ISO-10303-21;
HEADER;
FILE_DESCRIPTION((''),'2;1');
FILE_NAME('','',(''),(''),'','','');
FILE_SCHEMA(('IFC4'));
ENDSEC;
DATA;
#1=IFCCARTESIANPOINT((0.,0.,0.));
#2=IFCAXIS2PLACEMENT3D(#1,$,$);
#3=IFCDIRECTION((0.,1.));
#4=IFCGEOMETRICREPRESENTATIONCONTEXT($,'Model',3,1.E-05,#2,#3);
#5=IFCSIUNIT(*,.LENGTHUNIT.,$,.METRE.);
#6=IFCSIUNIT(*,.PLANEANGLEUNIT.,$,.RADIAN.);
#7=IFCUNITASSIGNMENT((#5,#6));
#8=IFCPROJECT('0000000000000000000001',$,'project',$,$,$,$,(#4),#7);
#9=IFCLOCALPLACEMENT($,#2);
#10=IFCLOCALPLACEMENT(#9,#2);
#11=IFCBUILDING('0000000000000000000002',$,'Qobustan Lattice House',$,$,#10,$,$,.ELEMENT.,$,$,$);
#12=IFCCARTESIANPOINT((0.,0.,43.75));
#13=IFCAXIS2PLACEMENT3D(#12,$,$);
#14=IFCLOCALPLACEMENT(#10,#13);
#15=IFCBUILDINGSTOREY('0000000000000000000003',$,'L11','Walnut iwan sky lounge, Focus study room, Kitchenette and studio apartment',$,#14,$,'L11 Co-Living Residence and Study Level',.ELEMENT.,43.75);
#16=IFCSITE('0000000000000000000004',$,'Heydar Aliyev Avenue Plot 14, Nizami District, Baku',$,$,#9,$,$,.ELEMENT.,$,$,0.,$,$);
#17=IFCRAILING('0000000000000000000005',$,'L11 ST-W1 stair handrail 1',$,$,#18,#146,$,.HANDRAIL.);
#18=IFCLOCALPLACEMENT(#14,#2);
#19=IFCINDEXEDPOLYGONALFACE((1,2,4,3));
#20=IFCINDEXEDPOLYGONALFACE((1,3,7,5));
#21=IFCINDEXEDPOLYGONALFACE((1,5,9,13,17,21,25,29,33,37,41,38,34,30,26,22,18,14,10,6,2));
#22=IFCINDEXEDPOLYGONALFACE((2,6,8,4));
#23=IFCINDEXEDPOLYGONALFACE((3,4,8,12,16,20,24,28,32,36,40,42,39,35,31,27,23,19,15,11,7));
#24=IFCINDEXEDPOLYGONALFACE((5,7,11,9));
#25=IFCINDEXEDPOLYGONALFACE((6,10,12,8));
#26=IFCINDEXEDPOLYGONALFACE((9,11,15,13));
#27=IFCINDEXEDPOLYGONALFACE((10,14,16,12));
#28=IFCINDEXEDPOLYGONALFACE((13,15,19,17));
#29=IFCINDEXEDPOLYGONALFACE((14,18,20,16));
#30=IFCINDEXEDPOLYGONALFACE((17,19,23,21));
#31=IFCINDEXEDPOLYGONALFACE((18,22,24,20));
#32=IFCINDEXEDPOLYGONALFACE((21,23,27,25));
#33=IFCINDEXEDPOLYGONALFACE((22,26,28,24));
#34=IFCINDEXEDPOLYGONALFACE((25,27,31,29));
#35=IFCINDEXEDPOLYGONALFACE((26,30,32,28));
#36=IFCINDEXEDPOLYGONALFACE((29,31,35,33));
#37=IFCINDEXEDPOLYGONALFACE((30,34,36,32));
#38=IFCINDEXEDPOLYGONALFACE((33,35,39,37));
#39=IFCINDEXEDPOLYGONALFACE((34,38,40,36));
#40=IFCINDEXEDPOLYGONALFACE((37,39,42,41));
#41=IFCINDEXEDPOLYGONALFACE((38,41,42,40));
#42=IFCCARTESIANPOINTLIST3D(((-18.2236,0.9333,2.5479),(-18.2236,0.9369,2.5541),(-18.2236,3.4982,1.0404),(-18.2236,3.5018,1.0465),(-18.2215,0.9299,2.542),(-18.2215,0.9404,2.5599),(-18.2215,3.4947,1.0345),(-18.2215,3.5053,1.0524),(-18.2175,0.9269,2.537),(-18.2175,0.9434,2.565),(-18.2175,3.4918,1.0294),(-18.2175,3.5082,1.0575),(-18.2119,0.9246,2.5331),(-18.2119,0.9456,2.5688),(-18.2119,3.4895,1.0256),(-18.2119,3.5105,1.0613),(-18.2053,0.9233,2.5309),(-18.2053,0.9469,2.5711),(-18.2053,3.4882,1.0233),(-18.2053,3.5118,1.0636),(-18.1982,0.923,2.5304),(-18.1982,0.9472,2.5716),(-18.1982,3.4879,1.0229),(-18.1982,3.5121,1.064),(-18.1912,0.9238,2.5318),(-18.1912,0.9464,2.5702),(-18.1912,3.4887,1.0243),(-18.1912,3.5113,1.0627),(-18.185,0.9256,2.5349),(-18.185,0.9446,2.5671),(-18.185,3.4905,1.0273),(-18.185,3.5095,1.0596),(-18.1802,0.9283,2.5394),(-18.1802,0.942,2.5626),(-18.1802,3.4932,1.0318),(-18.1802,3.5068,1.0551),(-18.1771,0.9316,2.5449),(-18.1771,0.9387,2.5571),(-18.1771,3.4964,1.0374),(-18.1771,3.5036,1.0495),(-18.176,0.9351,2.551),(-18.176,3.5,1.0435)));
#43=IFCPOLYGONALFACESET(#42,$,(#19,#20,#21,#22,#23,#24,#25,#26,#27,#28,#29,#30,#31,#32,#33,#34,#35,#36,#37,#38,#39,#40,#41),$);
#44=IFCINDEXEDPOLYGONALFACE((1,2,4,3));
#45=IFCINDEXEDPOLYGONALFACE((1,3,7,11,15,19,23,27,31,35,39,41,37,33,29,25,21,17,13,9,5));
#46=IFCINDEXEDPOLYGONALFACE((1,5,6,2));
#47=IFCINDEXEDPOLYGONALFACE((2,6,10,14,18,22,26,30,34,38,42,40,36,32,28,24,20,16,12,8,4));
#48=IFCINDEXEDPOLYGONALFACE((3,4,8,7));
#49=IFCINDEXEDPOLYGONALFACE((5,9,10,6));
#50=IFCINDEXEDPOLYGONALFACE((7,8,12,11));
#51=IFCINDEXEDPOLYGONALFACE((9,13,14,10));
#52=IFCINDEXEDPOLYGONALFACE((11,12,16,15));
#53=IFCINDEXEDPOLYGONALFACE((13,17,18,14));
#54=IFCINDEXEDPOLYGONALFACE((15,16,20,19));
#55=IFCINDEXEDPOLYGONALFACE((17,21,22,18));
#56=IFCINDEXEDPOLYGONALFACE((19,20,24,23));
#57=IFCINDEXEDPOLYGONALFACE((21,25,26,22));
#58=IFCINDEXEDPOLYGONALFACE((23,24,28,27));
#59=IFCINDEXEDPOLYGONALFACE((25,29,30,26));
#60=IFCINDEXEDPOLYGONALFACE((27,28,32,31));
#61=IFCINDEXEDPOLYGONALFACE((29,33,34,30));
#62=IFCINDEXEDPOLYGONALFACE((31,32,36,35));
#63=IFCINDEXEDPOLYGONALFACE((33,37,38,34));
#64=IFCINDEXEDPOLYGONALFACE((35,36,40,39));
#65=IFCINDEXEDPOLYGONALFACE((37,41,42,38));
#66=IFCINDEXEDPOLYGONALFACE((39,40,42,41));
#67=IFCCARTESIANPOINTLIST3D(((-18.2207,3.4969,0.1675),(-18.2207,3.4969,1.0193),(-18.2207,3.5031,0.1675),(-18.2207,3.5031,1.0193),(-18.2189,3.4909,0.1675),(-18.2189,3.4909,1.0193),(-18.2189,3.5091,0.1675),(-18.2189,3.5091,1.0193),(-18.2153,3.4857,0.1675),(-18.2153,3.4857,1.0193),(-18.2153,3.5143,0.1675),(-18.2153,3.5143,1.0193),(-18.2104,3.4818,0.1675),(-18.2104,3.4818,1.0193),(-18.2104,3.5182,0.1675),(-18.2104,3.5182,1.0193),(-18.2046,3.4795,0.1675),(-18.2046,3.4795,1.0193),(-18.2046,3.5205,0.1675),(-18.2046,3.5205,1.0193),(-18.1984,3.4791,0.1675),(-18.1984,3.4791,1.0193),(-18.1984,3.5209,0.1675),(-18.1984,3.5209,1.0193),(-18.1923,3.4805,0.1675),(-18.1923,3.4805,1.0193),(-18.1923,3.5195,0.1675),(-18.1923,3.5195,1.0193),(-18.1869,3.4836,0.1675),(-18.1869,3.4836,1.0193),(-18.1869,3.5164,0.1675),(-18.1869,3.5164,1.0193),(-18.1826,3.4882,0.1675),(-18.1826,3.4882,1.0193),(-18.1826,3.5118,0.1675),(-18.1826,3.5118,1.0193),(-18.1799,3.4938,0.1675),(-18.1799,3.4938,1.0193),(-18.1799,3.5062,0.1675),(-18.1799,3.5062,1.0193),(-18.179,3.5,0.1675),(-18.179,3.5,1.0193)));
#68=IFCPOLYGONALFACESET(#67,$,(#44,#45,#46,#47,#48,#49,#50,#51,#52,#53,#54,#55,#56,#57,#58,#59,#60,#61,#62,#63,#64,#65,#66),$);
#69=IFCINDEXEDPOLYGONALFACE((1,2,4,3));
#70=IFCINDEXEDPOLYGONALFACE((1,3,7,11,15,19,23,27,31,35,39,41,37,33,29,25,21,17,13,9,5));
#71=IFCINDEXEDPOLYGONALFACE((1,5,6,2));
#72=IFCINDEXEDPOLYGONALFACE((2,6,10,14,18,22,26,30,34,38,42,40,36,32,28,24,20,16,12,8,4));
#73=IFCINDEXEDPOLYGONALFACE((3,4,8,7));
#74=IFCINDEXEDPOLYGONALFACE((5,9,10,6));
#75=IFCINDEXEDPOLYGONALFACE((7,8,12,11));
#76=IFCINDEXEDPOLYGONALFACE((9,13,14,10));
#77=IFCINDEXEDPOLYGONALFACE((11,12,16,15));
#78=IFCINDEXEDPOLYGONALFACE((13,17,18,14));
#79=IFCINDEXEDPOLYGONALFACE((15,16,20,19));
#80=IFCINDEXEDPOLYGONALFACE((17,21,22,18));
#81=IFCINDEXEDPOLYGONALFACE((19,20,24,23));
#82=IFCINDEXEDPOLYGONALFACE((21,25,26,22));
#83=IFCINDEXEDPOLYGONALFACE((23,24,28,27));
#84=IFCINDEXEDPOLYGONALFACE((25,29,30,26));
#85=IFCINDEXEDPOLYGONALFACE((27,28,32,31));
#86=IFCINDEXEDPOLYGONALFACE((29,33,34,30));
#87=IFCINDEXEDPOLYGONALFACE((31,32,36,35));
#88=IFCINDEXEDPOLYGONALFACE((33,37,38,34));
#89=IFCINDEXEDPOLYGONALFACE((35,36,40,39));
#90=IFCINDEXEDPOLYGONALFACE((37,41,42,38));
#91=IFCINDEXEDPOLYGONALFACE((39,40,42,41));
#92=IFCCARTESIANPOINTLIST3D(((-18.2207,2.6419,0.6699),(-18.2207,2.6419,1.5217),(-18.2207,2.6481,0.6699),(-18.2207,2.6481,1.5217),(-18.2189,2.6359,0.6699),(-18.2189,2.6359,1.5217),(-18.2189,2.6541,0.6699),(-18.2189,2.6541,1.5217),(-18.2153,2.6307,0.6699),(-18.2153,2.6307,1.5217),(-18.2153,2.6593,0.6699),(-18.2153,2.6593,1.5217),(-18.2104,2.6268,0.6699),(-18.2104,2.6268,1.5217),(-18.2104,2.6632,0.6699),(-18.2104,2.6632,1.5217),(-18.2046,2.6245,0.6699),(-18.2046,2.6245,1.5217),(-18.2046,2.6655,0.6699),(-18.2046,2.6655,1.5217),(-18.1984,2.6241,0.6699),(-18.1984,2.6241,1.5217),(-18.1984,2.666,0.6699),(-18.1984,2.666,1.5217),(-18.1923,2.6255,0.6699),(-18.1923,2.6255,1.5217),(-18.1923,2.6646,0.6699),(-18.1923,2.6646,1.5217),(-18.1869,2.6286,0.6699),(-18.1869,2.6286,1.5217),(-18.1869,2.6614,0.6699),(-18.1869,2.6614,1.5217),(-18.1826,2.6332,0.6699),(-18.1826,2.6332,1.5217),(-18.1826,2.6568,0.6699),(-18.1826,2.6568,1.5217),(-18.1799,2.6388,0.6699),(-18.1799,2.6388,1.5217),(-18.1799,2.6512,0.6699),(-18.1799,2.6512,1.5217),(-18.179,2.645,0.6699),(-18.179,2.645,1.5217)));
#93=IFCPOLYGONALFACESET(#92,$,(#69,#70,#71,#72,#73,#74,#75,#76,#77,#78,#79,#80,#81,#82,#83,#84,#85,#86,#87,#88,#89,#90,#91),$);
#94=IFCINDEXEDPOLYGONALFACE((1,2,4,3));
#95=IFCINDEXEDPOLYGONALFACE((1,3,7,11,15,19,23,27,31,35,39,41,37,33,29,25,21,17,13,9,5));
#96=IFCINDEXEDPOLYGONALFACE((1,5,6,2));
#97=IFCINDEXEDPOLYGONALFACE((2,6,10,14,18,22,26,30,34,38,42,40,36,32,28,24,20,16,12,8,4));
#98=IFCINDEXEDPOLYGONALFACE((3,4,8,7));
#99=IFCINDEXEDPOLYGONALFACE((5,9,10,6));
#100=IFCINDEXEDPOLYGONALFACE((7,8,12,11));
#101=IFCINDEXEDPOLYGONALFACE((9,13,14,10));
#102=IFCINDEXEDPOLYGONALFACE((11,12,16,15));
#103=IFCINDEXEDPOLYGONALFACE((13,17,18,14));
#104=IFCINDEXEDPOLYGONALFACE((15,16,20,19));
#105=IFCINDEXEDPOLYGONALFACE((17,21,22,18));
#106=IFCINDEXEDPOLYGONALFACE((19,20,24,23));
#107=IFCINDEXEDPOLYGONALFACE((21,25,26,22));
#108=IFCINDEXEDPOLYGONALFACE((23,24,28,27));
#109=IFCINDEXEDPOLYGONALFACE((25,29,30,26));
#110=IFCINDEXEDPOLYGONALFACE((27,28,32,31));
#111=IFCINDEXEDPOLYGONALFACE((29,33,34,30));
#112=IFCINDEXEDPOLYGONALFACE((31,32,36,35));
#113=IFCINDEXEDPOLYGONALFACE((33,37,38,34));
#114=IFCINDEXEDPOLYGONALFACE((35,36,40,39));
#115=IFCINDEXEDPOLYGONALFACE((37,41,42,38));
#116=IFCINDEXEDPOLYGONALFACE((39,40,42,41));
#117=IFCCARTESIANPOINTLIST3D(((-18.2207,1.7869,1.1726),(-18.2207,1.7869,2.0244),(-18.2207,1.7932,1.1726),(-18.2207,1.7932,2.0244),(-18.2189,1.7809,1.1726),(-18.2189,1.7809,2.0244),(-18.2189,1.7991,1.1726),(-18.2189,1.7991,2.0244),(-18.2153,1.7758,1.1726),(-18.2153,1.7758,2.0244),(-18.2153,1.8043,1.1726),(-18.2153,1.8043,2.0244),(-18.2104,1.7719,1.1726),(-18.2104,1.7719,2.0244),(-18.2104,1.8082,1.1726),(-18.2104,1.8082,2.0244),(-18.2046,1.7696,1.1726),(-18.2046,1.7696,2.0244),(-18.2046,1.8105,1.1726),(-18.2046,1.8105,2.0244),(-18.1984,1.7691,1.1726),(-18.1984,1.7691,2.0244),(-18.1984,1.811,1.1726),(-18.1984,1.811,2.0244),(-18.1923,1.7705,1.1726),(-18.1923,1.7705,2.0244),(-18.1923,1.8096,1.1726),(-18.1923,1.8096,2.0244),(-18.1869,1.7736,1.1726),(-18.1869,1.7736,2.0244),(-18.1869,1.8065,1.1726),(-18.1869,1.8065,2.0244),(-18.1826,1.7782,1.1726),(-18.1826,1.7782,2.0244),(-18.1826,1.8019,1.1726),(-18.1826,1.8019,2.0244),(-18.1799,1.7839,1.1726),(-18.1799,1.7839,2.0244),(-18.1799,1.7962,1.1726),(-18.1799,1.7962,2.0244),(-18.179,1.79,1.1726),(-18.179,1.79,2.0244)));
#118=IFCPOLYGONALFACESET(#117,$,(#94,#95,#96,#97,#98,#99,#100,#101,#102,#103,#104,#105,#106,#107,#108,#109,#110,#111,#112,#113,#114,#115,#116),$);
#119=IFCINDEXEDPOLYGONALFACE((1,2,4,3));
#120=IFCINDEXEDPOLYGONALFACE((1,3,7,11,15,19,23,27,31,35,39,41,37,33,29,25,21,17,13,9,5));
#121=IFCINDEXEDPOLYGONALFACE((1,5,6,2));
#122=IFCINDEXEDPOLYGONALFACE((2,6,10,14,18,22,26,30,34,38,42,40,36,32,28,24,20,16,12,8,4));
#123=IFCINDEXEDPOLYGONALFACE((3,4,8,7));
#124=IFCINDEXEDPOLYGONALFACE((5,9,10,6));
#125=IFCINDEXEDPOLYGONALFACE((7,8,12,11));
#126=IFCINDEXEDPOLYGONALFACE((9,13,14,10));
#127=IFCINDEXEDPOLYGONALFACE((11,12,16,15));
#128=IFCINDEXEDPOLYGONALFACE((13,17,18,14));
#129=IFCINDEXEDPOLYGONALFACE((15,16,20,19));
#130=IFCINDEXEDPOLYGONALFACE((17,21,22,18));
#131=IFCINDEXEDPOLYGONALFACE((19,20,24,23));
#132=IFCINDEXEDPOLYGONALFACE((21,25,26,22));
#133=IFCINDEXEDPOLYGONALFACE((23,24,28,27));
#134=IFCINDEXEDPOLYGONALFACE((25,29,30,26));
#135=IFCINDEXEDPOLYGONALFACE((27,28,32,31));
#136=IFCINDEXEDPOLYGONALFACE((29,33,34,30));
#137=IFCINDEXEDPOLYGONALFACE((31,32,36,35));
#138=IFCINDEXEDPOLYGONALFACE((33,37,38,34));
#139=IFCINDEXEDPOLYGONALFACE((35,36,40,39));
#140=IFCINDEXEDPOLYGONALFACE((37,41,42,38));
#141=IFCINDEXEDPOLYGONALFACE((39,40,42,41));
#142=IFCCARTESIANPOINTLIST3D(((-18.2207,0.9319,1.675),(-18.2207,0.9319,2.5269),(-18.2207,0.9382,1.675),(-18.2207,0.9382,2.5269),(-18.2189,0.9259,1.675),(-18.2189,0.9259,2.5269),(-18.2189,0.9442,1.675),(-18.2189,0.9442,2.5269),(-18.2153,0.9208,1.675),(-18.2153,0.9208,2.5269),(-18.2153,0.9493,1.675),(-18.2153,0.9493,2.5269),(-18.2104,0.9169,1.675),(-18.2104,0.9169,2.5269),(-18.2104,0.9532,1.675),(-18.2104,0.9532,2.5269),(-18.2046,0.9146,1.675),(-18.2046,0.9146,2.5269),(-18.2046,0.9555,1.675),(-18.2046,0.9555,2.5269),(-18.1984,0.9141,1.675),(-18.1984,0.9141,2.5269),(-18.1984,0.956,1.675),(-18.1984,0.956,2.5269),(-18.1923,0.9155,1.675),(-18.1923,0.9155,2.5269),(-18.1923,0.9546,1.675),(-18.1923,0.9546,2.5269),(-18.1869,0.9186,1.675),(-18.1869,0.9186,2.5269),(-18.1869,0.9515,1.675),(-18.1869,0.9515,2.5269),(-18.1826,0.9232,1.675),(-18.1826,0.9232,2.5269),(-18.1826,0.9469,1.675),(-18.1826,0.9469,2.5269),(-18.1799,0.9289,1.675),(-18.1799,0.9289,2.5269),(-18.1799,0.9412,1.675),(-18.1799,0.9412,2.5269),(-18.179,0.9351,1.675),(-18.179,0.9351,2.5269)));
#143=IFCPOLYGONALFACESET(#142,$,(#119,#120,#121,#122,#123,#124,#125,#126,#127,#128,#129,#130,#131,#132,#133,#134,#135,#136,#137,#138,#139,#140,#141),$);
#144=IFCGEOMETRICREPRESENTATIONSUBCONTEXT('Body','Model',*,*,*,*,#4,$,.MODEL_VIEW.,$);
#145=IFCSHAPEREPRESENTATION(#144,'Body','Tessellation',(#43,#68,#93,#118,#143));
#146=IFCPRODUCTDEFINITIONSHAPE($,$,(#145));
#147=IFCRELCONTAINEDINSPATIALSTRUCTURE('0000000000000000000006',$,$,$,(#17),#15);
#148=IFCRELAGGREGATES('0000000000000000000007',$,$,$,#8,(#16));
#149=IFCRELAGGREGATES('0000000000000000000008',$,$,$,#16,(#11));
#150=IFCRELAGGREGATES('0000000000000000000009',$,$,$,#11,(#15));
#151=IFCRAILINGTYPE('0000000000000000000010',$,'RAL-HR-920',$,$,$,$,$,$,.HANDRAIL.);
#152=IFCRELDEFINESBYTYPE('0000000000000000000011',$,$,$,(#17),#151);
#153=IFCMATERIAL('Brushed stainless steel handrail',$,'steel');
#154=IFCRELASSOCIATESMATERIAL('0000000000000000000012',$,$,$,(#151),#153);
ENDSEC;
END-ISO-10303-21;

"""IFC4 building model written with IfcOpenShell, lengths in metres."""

from ifc_helpers import new_model, si_unit, direction, frame, origin, origin_2d, place, context, subcontext, project, spatial, circle, extrude, material, type_object, element, save


model = new_model("IFC4")

# Units and contexts
model_context = context("Model", 3, precision=1e-05, world=origin(), true_north=direction((0.0, 1.0)))
body_context = subcontext(model_context, "Body", "Model", "MODEL_VIEW")
ifc_project = project(units=[si_unit("LENGTHUNIT", "METRE"), si_unit("PLANEANGLEUNIT", "RADIAN")], contexts=[model_context])

# Site, building, storey
site_placement = place(None, origin())
site = spatial("IfcSite", under=ifc_project, at=site_placement, Name="Heydar Aliyev Avenue Plot 14, Nizami District, Baku", CompositionType="ELEMENT", RefElevation=0.0)
building_placement = place(site_placement, origin())
building = spatial("IfcBuilding", under=site, at=building_placement, Name="Qobustan Lattice House", CompositionType="ELEMENT")
storey_placement = place(building_placement, frame((0.0, 0.0, 43.75)))
storey = spatial("IfcBuildingStorey", under=building, at=storey_placement, Name="L11", Description="Walnut iwan sky lounge, Focus study room, Kitchenette and studio apartment", LongName="L11 Co-Living Residence and Study Level", CompositionType="ELEMENT", Elevation=43.75)

# Railing
ifc_material_1 = material(Name="Brushed stainless steel handrail", Category="steel")
railing_type_1 = type_object("IfcRailingType", Name="RAL-HR-920", PredefinedType="HANDRAIL", material=ifc_material_1)
railing_1_placement = place(storey_placement, frame((-18.2, 3.5, 0.1675)))
element("IfcRailing", 1, at=railing_1_placement, inside=storey, type_object=railing_type_1, Name="L11 ST-W1 stair handrail 1", PredefinedType="HANDRAIL", context=body_context, shape_type="SweptSolid", body=[
    extrude(circle(Radius=0.0239, at=origin_2d()), frame((0.0, 0.0, 0.876), z_axis=(0.0, -0.862113, 0.506715), x_axis=(1.0, 0.0, 0.0)), (0.0, 0.0, 1.0), 2.9751),
    extrude(circle(Radius=0.021, at=origin_2d()), origin(), (0.0, 0.0, 1.0), 0.8518),
    extrude(circle(Radius=0.021, at=origin_2d()), frame((0.0, -0.855, 0.5024)), (0.0, 0.0, 1.0), 0.8518),
    extrude(circle(Radius=0.021, at=origin_2d()), frame((0.0, -1.71, 1.0051)), (0.0, 0.0, 1.0), 0.8518),
    extrude(circle(Radius=0.021, at=origin_2d()), frame((0.0, -2.5649, 1.5076)), (0.0, 0.0, 1.0), 0.8518),
])

save(model, "model.ifc")
